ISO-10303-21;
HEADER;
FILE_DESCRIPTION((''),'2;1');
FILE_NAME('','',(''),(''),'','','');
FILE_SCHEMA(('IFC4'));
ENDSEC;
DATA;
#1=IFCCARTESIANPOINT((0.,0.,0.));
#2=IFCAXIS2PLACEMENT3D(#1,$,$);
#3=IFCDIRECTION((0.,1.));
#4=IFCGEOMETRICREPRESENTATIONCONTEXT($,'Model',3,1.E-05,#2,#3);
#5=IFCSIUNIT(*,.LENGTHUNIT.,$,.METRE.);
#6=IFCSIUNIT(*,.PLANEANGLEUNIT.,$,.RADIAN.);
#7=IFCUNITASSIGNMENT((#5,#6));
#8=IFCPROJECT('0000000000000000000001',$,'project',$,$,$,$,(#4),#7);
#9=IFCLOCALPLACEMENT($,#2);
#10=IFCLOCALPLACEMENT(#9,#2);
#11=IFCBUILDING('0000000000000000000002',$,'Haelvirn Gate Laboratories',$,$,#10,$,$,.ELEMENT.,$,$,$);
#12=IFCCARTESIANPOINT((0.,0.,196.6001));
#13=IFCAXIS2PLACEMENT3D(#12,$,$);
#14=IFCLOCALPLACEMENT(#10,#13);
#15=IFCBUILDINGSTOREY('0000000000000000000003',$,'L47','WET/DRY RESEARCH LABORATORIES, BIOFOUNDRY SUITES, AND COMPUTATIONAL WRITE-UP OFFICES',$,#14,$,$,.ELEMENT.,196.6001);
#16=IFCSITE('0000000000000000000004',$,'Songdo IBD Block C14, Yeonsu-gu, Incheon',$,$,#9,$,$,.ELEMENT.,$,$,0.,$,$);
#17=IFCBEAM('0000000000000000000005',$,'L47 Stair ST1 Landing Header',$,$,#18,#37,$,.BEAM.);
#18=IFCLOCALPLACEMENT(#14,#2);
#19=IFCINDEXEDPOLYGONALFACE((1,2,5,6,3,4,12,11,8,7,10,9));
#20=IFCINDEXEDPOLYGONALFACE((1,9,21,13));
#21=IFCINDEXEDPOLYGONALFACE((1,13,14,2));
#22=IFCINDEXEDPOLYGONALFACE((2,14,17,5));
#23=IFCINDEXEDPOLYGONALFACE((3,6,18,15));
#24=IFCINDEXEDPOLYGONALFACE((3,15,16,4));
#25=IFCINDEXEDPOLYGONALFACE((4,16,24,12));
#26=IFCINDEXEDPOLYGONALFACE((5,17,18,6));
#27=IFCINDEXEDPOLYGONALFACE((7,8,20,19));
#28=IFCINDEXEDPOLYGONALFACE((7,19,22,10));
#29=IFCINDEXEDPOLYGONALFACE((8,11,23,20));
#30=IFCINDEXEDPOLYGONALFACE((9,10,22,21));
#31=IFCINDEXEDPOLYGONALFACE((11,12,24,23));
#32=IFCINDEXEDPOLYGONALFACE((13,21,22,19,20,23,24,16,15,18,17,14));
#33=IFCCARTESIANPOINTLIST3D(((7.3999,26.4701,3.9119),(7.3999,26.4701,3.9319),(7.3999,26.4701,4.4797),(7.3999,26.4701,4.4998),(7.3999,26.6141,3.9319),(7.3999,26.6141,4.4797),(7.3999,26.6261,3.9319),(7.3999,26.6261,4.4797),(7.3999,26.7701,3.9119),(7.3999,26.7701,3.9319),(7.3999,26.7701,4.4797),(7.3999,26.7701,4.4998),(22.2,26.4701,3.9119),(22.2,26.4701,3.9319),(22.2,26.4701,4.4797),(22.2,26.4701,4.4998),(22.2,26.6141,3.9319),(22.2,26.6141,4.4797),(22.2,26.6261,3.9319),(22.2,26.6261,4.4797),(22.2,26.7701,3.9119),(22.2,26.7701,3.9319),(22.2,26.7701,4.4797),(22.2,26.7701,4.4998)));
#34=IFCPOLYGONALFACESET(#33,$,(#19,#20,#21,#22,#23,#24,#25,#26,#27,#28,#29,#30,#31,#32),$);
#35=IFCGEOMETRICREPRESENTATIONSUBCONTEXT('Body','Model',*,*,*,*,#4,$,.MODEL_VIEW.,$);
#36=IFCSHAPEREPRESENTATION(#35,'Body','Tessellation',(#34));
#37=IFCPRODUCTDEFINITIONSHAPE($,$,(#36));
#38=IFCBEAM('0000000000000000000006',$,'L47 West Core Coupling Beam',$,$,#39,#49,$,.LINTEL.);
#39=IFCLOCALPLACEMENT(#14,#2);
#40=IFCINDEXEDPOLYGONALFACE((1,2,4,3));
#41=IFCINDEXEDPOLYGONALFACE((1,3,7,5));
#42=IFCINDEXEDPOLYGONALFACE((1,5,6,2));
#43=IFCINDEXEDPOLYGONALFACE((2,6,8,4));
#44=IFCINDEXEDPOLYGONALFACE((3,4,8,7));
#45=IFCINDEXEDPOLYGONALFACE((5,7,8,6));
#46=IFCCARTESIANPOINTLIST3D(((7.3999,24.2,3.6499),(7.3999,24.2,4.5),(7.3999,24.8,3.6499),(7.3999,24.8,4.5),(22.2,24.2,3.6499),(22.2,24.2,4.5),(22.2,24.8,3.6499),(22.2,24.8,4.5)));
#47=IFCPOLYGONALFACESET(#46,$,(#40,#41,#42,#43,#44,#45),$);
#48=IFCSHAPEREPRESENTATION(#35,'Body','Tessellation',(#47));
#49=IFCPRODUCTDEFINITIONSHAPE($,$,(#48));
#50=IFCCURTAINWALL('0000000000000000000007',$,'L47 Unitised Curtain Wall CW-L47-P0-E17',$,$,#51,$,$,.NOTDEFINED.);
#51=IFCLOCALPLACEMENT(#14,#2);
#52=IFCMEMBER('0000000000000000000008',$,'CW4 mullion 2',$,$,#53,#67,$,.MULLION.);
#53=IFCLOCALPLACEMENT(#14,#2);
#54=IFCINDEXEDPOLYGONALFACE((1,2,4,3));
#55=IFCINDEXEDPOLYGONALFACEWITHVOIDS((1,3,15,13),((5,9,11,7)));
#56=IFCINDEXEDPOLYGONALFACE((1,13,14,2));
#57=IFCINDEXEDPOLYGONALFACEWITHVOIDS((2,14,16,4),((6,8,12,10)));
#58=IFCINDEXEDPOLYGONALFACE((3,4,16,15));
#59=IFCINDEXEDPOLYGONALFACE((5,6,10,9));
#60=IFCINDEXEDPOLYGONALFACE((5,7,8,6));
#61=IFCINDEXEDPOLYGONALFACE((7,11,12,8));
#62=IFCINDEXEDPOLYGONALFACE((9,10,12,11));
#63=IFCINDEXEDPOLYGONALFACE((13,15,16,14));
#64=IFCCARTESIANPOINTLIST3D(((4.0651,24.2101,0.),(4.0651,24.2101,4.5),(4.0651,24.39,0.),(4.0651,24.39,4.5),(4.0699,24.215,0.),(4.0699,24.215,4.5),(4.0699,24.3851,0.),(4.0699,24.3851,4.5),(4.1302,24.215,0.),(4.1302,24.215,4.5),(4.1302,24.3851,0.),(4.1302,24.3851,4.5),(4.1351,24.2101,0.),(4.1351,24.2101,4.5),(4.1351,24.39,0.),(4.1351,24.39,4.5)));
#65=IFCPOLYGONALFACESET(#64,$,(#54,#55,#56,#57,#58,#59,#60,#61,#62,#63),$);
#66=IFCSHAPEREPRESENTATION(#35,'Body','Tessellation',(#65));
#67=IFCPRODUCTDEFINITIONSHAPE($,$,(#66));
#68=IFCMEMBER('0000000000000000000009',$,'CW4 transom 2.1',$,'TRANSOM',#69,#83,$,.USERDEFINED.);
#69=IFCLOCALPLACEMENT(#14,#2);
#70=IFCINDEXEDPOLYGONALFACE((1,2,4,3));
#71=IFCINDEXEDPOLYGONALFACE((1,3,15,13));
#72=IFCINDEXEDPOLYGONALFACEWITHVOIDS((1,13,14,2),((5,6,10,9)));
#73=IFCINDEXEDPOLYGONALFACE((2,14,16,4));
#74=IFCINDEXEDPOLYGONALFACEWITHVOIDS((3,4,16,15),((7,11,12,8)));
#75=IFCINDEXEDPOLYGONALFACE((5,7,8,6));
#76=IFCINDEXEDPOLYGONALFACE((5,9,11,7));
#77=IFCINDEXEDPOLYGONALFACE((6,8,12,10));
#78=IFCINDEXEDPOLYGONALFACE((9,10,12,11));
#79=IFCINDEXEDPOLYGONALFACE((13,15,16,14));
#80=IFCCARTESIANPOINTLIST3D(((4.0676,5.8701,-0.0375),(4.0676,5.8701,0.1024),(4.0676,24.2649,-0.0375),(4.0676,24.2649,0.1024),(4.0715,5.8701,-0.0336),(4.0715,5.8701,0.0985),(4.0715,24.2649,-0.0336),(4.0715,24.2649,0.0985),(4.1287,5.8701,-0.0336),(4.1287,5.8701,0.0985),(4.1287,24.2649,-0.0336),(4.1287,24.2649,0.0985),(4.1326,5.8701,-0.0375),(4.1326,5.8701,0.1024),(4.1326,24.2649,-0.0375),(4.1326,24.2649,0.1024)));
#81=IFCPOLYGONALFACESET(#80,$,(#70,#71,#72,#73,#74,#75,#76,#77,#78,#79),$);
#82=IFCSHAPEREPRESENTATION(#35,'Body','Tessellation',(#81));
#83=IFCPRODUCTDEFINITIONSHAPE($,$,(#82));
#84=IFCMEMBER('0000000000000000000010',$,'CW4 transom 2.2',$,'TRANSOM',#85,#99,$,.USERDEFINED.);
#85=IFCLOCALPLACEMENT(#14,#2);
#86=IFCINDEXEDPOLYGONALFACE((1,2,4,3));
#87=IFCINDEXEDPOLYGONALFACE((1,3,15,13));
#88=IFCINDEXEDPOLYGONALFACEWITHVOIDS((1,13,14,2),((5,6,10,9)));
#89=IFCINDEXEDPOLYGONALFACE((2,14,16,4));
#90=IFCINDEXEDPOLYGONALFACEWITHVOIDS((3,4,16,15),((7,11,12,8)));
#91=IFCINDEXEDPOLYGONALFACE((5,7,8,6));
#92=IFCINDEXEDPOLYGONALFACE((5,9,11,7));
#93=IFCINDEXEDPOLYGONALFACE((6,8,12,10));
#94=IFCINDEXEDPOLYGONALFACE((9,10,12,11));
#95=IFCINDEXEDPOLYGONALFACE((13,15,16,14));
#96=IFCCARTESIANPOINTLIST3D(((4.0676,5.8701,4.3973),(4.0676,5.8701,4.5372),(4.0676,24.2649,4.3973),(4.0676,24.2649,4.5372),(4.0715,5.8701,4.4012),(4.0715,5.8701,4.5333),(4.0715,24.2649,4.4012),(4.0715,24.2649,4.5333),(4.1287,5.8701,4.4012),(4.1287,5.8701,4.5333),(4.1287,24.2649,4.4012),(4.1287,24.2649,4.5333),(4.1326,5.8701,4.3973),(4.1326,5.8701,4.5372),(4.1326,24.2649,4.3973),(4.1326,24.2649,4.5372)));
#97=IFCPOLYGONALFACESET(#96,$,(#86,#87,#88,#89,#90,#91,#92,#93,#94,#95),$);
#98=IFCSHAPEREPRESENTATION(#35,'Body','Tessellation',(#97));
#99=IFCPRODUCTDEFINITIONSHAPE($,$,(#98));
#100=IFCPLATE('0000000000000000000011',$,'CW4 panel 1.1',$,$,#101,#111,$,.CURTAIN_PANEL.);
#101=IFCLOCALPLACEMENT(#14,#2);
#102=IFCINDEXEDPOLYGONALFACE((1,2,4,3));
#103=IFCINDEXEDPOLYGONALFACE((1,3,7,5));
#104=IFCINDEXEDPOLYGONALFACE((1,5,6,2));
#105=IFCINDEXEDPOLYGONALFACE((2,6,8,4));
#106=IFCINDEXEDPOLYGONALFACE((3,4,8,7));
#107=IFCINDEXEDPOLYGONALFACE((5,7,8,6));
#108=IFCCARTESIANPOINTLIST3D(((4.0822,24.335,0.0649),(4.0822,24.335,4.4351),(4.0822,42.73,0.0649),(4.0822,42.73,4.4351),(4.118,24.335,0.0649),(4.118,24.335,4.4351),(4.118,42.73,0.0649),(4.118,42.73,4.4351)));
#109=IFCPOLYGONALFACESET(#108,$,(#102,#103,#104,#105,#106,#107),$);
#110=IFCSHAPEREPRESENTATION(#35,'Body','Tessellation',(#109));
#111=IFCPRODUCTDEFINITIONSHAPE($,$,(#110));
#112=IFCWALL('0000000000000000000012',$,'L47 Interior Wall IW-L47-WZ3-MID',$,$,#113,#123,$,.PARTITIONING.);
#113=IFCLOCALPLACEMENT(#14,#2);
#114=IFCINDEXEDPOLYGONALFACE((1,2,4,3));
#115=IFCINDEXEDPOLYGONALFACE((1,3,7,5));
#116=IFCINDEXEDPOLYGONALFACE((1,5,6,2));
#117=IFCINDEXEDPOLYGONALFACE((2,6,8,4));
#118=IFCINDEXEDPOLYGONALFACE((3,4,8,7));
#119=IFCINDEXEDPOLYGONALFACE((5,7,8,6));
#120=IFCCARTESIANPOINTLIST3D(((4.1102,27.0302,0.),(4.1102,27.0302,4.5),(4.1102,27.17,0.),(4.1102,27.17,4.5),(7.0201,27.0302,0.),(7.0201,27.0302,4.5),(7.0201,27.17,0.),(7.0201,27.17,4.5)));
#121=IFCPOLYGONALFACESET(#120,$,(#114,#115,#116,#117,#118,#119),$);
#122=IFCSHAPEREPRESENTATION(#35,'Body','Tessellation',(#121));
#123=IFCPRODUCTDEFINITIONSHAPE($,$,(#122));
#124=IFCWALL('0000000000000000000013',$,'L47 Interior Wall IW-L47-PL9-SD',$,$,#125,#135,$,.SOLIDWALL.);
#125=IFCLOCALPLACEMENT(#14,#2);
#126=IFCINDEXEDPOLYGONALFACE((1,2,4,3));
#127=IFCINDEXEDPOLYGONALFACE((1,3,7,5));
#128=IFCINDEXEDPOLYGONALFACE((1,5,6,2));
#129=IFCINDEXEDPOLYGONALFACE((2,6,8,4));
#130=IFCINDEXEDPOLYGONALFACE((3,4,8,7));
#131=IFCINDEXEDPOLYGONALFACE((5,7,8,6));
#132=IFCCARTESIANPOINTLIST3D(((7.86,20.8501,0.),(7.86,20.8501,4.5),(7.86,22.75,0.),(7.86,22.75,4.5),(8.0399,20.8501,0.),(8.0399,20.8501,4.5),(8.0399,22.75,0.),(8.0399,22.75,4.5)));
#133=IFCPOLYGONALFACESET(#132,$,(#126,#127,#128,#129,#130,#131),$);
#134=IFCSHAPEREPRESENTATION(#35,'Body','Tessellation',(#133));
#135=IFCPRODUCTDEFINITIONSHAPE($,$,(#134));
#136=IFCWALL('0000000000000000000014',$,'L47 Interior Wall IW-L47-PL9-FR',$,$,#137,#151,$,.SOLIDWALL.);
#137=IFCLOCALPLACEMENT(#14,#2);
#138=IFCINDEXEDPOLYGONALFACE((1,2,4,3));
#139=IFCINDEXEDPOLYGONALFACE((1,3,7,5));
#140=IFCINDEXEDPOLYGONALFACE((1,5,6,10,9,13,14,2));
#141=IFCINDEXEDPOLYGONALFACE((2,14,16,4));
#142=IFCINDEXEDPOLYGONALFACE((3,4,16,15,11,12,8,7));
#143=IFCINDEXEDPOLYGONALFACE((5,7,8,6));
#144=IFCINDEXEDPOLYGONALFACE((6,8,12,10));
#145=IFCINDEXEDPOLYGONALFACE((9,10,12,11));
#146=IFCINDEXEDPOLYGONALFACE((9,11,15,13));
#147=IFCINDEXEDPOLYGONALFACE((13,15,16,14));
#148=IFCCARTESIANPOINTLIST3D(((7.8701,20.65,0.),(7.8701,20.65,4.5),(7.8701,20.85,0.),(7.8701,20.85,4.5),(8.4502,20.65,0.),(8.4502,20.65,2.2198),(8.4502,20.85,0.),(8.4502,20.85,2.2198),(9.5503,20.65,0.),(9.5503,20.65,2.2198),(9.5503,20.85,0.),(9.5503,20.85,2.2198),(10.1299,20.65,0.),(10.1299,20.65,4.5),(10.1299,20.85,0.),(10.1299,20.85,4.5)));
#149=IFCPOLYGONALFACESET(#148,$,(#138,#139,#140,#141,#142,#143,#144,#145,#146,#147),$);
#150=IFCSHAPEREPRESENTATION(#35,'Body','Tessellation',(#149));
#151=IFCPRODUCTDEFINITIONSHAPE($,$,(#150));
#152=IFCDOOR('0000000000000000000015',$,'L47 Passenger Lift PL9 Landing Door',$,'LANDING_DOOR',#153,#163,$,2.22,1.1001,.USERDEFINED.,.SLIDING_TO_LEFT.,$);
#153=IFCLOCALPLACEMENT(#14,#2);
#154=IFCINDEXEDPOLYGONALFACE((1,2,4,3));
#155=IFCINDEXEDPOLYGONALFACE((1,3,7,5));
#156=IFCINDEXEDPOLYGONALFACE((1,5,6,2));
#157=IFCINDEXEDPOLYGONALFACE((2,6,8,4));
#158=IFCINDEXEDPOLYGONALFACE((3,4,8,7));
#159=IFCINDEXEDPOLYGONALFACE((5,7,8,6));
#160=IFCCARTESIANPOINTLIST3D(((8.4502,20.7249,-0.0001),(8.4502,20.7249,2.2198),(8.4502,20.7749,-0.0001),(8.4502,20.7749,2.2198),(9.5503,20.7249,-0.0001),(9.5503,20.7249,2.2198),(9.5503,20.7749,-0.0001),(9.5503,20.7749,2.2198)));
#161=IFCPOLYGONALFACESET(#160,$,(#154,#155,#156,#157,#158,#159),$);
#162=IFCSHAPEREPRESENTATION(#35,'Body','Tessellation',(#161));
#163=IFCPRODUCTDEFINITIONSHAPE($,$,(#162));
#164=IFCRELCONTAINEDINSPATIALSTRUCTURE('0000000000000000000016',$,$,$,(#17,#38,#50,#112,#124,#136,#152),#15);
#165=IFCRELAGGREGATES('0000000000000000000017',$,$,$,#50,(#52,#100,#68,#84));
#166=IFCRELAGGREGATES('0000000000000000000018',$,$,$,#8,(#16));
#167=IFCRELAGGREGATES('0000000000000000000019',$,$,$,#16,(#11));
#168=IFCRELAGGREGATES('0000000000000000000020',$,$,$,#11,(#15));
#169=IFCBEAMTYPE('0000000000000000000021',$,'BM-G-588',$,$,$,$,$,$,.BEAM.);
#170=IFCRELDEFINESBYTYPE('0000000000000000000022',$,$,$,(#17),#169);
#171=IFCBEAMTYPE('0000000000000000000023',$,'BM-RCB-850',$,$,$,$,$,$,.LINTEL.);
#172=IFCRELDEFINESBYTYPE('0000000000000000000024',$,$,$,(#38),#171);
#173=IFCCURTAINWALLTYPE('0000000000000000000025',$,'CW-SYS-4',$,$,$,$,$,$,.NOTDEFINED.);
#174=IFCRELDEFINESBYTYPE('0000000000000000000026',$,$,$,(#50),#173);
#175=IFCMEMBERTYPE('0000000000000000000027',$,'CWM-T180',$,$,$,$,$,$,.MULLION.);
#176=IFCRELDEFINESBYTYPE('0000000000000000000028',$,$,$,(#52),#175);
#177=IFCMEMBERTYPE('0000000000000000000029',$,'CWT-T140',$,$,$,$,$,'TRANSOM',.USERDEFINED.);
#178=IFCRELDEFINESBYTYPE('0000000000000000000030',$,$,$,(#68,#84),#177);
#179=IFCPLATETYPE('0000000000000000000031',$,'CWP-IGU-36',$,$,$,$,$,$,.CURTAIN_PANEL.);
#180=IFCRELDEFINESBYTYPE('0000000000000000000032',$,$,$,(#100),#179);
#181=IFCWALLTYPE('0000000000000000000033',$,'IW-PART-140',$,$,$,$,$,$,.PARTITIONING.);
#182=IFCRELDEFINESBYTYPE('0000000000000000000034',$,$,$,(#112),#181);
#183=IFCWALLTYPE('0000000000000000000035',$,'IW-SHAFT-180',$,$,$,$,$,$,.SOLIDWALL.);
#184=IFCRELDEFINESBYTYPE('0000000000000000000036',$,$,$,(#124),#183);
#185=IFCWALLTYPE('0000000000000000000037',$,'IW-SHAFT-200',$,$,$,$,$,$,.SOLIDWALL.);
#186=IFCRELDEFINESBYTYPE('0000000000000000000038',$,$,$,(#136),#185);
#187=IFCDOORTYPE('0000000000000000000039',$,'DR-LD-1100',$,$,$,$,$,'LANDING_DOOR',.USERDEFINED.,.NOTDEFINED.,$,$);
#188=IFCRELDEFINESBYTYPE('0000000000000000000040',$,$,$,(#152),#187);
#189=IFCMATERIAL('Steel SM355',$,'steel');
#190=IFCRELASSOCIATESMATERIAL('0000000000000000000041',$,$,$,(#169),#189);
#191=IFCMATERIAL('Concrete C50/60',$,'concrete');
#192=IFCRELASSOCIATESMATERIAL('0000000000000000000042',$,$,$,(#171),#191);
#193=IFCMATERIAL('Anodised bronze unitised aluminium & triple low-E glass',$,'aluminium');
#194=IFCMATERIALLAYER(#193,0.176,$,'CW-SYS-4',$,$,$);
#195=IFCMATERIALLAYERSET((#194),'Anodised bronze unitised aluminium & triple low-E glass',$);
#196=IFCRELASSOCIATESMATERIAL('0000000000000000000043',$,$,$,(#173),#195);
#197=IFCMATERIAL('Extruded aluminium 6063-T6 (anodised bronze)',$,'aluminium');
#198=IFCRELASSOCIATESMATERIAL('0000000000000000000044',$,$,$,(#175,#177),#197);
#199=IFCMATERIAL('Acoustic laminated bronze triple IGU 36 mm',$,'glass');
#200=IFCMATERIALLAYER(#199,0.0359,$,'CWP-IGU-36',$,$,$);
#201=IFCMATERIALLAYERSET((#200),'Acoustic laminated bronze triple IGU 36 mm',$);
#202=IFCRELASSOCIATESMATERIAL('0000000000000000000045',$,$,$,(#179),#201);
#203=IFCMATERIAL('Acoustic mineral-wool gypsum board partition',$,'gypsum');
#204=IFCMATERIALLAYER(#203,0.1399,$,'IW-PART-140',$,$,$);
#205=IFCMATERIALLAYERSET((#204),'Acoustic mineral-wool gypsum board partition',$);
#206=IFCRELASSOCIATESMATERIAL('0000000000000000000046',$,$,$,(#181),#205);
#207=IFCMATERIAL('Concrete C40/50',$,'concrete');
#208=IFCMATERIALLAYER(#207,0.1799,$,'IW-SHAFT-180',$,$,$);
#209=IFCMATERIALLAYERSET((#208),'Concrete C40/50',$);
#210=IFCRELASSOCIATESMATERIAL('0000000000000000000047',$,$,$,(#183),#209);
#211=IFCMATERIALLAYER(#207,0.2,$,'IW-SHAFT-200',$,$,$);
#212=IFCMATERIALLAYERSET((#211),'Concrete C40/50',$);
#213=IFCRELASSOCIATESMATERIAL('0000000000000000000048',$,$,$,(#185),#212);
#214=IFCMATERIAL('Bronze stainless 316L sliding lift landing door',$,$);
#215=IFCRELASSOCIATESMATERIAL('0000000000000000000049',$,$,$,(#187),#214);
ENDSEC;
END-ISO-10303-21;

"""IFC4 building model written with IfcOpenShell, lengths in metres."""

from ifc_helpers import new_model, si_unit, direction, frame, frame_2d, origin, origin_2d, place, context, subcontext, project, spatial, rectangle, hollow_rectangle, i_section, extrude, source, transform, mapped, material, layer, layer_set, material_profile, profile_set, type_object, type_shapes, element, fill, aggregate, save


model = new_model("IFC4")

# Units and contexts
model_context = context("Model", 3, precision=1e-05, world=origin(), true_north=direction((0.0, 1.0)))
body_context = subcontext(model_context, "Body", "Model", "MODEL_VIEW")
ifc_project = project(units=[si_unit("LENGTHUNIT", "METRE"), si_unit("PLANEANGLEUNIT", "RADIAN")], contexts=[model_context])

# Site, building, storey
site_placement = place(None, origin())
site = spatial("IfcSite", under=ifc_project, at=site_placement, Name="Songdo IBD Block C14, Yeonsu-gu, Incheon", CompositionType="ELEMENT", RefElevation=0.0)
building_placement = place(site_placement, origin())
building = spatial("IfcBuilding", under=site, at=building_placement, Name="Haelvirn Gate Laboratories", CompositionType="ELEMENT")
storey_placement = place(building_placement, frame((0.0, 0.0, 196.6001)))
storey = spatial("IfcBuildingStorey", under=building, at=storey_placement, Name="L47", Description="WET/DRY RESEARCH LABORATORIES, BIOFOUNDRY SUITES, AND COMPUTATIONAL WRITE-UP OFFICES", CompositionType="ELEMENT", Elevation=196.6001)

# Beams
ifc_material_1 = material(Name="Steel SM355", Category="steel")
ifc_material_profile_1 = material_profile(ifc_material_1, i_section(OverallWidth=0.3, OverallDepth=0.5879, WebThickness=0.012, FlangeThickness=0.02, at=origin_2d()), Name="H-588x300x12x20")
ifc_profile_set_1 = profile_set([ifc_material_profile_1], Name="Steel SM355")
beam_type_1 = type_object("IfcBeamType", Name="BM-G-588", PredefinedType="BEAM", material=ifc_profile_set_1)
shared_shape_1 = source(origin(), body_context, "Body", "SweptSolid", [
    extrude(i_section(OverallWidth=0.3, OverallDepth=0.5879, WebThickness=0.012, FlangeThickness=0.02, at=origin_2d()), origin(), (0.0, 0.0, 1.0), 14.8),
])
type_shapes(beam_type_1, [shared_shape_1])
beam_1_placement = place(storey_placement, frame((7.3999, 26.6201, 4.2058), z_axis=(1.0, 0.0, 0.0), x_axis=(0.0, 1.0, 0.0)))
element("IfcBeam", 1, at=beam_1_placement, inside=storey, type_object=beam_type_1, Name="L47 Stair ST1 Landing Header", PredefinedType="BEAM", context=body_context, shape_type="MappedRepresentation", body=[
    mapped(shared_shape_1, transform((0.0, 0.0, 0.0), scale=1.0)),
])
ifc_material_2 = material(Name="Concrete C50/60", Category="concrete")
ifc_material_profile_2 = material_profile(ifc_material_2, rectangle(XDim=0.6001, YDim=0.8501, at=origin_2d()), Name="RCB-600x850")
ifc_profile_set_2 = profile_set([ifc_material_profile_2], Name="Concrete C50/60")
beam_type_2 = type_object("IfcBeamType", Name="BM-RCB-850", PredefinedType="LINTEL", material=ifc_profile_set_2)
shared_shape_2 = source(origin(), body_context, "Body", "SweptSolid", [
    extrude(rectangle(XDim=0.6001, YDim=0.8501, at=origin_2d()), origin(), (0.0, 0.0, 1.0), 14.8),
])
type_shapes(beam_type_2, [shared_shape_2])
beam_2_placement = place(storey_placement, frame((7.3999, 24.5, 4.075), z_axis=(1.0, 0.0, 0.0), x_axis=(0.0, 1.0, 0.0)))
element("IfcBeam", 2, at=beam_2_placement, inside=storey, type_object=beam_type_2, Name="L47 West Core Coupling Beam", PredefinedType="LINTEL", context=body_context, shape_type="MappedRepresentation", body=[
    mapped(shared_shape_2, transform((0.0, 0.0, 0.0), scale=1.0)),
])

# Curtain wall, members, plate
ifc_material_3 = material(Name="Anodised bronze unitised aluminium & triple low-E glass", Category="aluminium")
ifc_layer_1 = layer(ifc_material_3, 0.176, Name="CW-SYS-4")
ifc_layer_set_1 = layer_set([ifc_layer_1], Name="Anodised bronze unitised aluminium & triple low-E glass")
curtain_wall_type = type_object("IfcCurtainWallType", Name="CW-SYS-4", PredefinedType="NOTDEFINED", material=ifc_layer_set_1)
curtain_wall_placement = place(storey_placement, origin())
curtain_wall = element("IfcCurtainWall", 3, at=curtain_wall_placement, inside=storey, type_object=curtain_wall_type, Name="L47 Unitised Curtain Wall CW-L47-P0-E17", PredefinedType="NOTDEFINED")
ifc_material_4 = material(Name="Extruded aluminium 6063-T6 (anodised bronze)", Category="aluminium")
ifc_material_profile_3 = material_profile(ifc_material_4, hollow_rectangle(XDim=0.0701, YDim=0.1799, WallThickness=0.0049, at=origin_2d()), Name="CWM-180x70x5")
ifc_profile_set_3 = profile_set([ifc_material_profile_3], Name="Extruded aluminium 6063-T6 (anodised bronze)")
member_type_1 = type_object("IfcMemberType", Name="CWM-T180", PredefinedType="MULLION", material=ifc_profile_set_3)
shared_shape_3 = source(origin(), body_context, "Body", "SweptSolid", [
    extrude(hollow_rectangle(XDim=0.0701, YDim=0.1799, WallThickness=0.0049, at=origin_2d()), origin(), (0.0, 0.0, 1.0), 4.5),
])
type_shapes(member_type_1, [shared_shape_3])
member_1_placement = place(storey_placement, frame((4.1001, 24.3, 0.0), z_axis=(0.0, 0.0, 1.0), x_axis=(1.0, 0.0, 0.0)))
member_1 = element("IfcMember", 4, at=member_1_placement, type_object=member_type_1, Name="CW4 mullion 2", PredefinedType="MULLION", context=body_context, shape_type="MappedRepresentation", body=[
    mapped(shared_shape_3, transform((0.0, 0.0, 0.0), scale=1.0)),
])
ifc_material_profile_4 = material_profile(ifc_material_4, hollow_rectangle(XDim=0.0649, YDim=0.1399, WallThickness=0.0039, at=origin_2d()), Name="CWT-140x65x4")
ifc_profile_set_4 = profile_set([ifc_material_profile_4], Name="Extruded aluminium 6063-T6 (anodised bronze)")
member_type_2 = type_object("IfcMemberType", Name="CWT-T140", ElementType="TRANSOM", PredefinedType="USERDEFINED", material=ifc_profile_set_4)
shared_shape_4 = source(origin(), body_context, "Body", "SweptSolid", [
    extrude(hollow_rectangle(XDim=0.0649, YDim=0.1399, WallThickness=0.0039, at=origin_2d()), origin(), (0.0, 0.0, 1.0), 18.3948),
])
type_shapes(member_type_2, [shared_shape_4])
member_2_placement = place(storey_placement, frame((4.1001, 24.2649, 0.0325), z_axis=(0.0, -1.0, 0.0), x_axis=(1.0, 0.0, 0.0)))
member_2 = element("IfcMember", 5, at=member_2_placement, type_object=member_type_2, Name="CW4 transom 2.1", ObjectType="TRANSOM", PredefinedType="USERDEFINED", context=body_context, shape_type="MappedRepresentation", body=[
    mapped(shared_shape_4, transform((0.0, 0.0, 0.0), scale=1.0)),
])
member_3_placement = place(storey_placement, frame((4.1001, 24.2649, 4.4673), z_axis=(0.0, -1.0, 0.0), x_axis=(1.0, 0.0, 0.0)))
member_3 = element("IfcMember", 6, at=member_3_placement, type_object=member_type_2, Name="CW4 transom 2.2", ObjectType="TRANSOM", PredefinedType="USERDEFINED", context=body_context, shape_type="MappedRepresentation", body=[
    mapped(shared_shape_4, transform((0.0, 0.0, 0.0), scale=1.0)),
])
ifc_material_5 = material(Name="Acoustic laminated bronze triple IGU 36 mm", Category="glass")
ifc_layer_2 = layer(ifc_material_5, 0.0359, Name="CWP-IGU-36")
ifc_layer_set_2 = layer_set([ifc_layer_2], Name="Acoustic laminated bronze triple IGU 36 mm")
plate_type = type_object("IfcPlateType", Name="CWP-IGU-36", PredefinedType="CURTAIN_PANEL", material=ifc_layer_set_2)
shared_shape_5 = source(origin(), body_context, "Body", "SweptSolid", [
    extrude(rectangle(XDim=18.395, YDim=0.0359, at=origin_2d()), origin(), (0.0, 0.0, 1.0), 4.3701),
])
type_shapes(plate_type, [shared_shape_5])
plate_placement = place(storey_placement, frame((4.1001, 33.5325, 0.0649), z_axis=(0.0, 0.0, 1.0), x_axis=(0.0, -1.0, 0.0)))
plate = element("IfcPlate", 7, at=plate_placement, type_object=plate_type, Name="CW4 panel 1.1", PredefinedType="CURTAIN_PANEL", context=body_context, shape_type="MappedRepresentation", body=[
    mapped(shared_shape_5, transform((0.0, 0.0, 0.0), scale=1.0)),
])
aggregate(curtain_wall, [member_1, plate, member_2, member_3])

# Walls
ifc_material_6 = material(Name="Acoustic mineral-wool gypsum board partition", Category="gypsum")
ifc_layer_3 = layer(ifc_material_6, 0.1399, Name="IW-PART-140")
ifc_layer_set_3 = layer_set([ifc_layer_3], Name="Acoustic mineral-wool gypsum board partition")
wall_type_1 = type_object("IfcWallType", Name="IW-PART-140", PredefinedType="PARTITIONING", material=ifc_layer_set_3)
wall_1_placement = place(storey_placement, frame((4.1101, 27.1001, 0.0), z_axis=(0.0, 0.0, 1.0), x_axis=(1.0, 0.0, 0.0)))
element("IfcWall", 8, at=wall_1_placement, inside=storey, type_object=wall_type_1, Name="L47 Interior Wall IW-L47-WZ3-MID", PredefinedType="PARTITIONING", context=body_context, shape_type="SweptSolid", body=[
    extrude(rectangle(XDim=2.9099, YDim=0.1399, at=frame_2d((1.4551, 0.0))), origin(), (0.0, 0.0, 1.0), 4.5),
])
ifc_material_7 = material(Name="Concrete C40/50", Category="concrete")
ifc_layer_4 = layer(ifc_material_7, 0.1799, Name="IW-SHAFT-180")
ifc_layer_set_4 = layer_set([ifc_layer_4], Name="Concrete C40/50")
wall_type_2 = type_object("IfcWallType", Name="IW-SHAFT-180", PredefinedType="SOLIDWALL", material=ifc_layer_set_4)
wall_2_placement = place(storey_placement, frame((7.95, 20.8501, 0.0), z_axis=(0.0, 0.0, 1.0), x_axis=(0.0, 1.0, 0.0)))
element("IfcWall", 9, at=wall_2_placement, inside=storey, type_object=wall_type_2, Name="L47 Interior Wall IW-L47-PL9-SD", PredefinedType="SOLIDWALL", context=body_context, shape_type="SweptSolid", body=[
    extrude(rectangle(XDim=1.8999, YDim=0.1799, at=frame_2d((0.95, 0.0))), origin(), (0.0, 0.0, 1.0), 4.5),
])

# Wall, opening, door
ifc_layer_5 = layer(ifc_material_7, 0.2, Name="IW-SHAFT-200")
ifc_layer_set_5 = layer_set([ifc_layer_5], Name="Concrete C40/50")
wall_type_3 = type_object("IfcWallType", Name="IW-SHAFT-200", PredefinedType="SOLIDWALL", material=ifc_layer_set_5)
wall_3_placement = place(storey_placement, frame((7.8701, 20.75, 0.0), z_axis=(0.0, 0.0, 1.0), x_axis=(1.0, 0.0, 0.0)))
wall_3 = element("IfcWall", 10, at=wall_3_placement, inside=storey, type_object=wall_type_3, Name="L47 Interior Wall IW-L47-PL9-FR", PredefinedType="SOLIDWALL", context=body_context, shape_type="SweptSolid", body=[
    extrude(rectangle(XDim=2.2598, YDim=0.2, at=frame_2d((1.1299, 0.0))), origin(), (0.0, 0.0, 1.0), 4.5),
])
opening_1_placement = place(wall_3_placement, frame((0.5801, 0.0, 0.0)))
opening_1 = element("IfcOpeningElement", 11, at=opening_1_placement, cuts=wall_3, PredefinedType="OPENING", context=body_context, shape_type="SweptSolid", body=[
    extrude(rectangle(XDim=1.1001, YDim=2.22, at=frame_2d((0.55, 1.1099))), frame((0.0, 0.1099, 0.0), z_axis=(0.0, -1.0, 0.0), x_axis=(1.0, 0.0, 0.0)), (0.0, 0.0, 1.0), 0.22),
])
ifc_material_8 = material(Name="Bronze stainless 316L sliding lift landing door")
door_type_1 = type_object("IfcDoorType", Name="DR-LD-1100", ElementType="LANDING_DOOR", OperationType="NOTDEFINED", PredefinedType="USERDEFINED", material=ifc_material_8)
shared_shape_6 = source(origin(), body_context, "Body", "SweptSolid", [
    extrude(rectangle(XDim=1.1001, YDim=2.22, at=frame_2d((0.55, 1.1099))), frame((0.0, 0.0249, 0.0), z_axis=(0.0, -1.0, 0.0), x_axis=(1.0, 0.0, 0.0)), (0.0, 0.0, 1.0), 0.05),
])
type_shapes(door_type_1, [shared_shape_6])
door_1_placement = place(opening_1_placement, origin())
door_1 = element("IfcDoor", 12, at=door_1_placement, inside=storey, type_object=door_type_1, Name="L47 Passenger Lift PL9 Landing Door", ObjectType="LANDING_DOOR", OperationType="SLIDING_TO_LEFT", OverallHeight=2.22, OverallWidth=1.1001, PredefinedType="USERDEFINED", context=body_context, shape_type="MappedRepresentation", body=[
    mapped(shared_shape_6, transform((0.0, 0.0, 0.0), scale=1.0)),
])
fill(opening_1, door_1)

save(model, "model.ifc")
